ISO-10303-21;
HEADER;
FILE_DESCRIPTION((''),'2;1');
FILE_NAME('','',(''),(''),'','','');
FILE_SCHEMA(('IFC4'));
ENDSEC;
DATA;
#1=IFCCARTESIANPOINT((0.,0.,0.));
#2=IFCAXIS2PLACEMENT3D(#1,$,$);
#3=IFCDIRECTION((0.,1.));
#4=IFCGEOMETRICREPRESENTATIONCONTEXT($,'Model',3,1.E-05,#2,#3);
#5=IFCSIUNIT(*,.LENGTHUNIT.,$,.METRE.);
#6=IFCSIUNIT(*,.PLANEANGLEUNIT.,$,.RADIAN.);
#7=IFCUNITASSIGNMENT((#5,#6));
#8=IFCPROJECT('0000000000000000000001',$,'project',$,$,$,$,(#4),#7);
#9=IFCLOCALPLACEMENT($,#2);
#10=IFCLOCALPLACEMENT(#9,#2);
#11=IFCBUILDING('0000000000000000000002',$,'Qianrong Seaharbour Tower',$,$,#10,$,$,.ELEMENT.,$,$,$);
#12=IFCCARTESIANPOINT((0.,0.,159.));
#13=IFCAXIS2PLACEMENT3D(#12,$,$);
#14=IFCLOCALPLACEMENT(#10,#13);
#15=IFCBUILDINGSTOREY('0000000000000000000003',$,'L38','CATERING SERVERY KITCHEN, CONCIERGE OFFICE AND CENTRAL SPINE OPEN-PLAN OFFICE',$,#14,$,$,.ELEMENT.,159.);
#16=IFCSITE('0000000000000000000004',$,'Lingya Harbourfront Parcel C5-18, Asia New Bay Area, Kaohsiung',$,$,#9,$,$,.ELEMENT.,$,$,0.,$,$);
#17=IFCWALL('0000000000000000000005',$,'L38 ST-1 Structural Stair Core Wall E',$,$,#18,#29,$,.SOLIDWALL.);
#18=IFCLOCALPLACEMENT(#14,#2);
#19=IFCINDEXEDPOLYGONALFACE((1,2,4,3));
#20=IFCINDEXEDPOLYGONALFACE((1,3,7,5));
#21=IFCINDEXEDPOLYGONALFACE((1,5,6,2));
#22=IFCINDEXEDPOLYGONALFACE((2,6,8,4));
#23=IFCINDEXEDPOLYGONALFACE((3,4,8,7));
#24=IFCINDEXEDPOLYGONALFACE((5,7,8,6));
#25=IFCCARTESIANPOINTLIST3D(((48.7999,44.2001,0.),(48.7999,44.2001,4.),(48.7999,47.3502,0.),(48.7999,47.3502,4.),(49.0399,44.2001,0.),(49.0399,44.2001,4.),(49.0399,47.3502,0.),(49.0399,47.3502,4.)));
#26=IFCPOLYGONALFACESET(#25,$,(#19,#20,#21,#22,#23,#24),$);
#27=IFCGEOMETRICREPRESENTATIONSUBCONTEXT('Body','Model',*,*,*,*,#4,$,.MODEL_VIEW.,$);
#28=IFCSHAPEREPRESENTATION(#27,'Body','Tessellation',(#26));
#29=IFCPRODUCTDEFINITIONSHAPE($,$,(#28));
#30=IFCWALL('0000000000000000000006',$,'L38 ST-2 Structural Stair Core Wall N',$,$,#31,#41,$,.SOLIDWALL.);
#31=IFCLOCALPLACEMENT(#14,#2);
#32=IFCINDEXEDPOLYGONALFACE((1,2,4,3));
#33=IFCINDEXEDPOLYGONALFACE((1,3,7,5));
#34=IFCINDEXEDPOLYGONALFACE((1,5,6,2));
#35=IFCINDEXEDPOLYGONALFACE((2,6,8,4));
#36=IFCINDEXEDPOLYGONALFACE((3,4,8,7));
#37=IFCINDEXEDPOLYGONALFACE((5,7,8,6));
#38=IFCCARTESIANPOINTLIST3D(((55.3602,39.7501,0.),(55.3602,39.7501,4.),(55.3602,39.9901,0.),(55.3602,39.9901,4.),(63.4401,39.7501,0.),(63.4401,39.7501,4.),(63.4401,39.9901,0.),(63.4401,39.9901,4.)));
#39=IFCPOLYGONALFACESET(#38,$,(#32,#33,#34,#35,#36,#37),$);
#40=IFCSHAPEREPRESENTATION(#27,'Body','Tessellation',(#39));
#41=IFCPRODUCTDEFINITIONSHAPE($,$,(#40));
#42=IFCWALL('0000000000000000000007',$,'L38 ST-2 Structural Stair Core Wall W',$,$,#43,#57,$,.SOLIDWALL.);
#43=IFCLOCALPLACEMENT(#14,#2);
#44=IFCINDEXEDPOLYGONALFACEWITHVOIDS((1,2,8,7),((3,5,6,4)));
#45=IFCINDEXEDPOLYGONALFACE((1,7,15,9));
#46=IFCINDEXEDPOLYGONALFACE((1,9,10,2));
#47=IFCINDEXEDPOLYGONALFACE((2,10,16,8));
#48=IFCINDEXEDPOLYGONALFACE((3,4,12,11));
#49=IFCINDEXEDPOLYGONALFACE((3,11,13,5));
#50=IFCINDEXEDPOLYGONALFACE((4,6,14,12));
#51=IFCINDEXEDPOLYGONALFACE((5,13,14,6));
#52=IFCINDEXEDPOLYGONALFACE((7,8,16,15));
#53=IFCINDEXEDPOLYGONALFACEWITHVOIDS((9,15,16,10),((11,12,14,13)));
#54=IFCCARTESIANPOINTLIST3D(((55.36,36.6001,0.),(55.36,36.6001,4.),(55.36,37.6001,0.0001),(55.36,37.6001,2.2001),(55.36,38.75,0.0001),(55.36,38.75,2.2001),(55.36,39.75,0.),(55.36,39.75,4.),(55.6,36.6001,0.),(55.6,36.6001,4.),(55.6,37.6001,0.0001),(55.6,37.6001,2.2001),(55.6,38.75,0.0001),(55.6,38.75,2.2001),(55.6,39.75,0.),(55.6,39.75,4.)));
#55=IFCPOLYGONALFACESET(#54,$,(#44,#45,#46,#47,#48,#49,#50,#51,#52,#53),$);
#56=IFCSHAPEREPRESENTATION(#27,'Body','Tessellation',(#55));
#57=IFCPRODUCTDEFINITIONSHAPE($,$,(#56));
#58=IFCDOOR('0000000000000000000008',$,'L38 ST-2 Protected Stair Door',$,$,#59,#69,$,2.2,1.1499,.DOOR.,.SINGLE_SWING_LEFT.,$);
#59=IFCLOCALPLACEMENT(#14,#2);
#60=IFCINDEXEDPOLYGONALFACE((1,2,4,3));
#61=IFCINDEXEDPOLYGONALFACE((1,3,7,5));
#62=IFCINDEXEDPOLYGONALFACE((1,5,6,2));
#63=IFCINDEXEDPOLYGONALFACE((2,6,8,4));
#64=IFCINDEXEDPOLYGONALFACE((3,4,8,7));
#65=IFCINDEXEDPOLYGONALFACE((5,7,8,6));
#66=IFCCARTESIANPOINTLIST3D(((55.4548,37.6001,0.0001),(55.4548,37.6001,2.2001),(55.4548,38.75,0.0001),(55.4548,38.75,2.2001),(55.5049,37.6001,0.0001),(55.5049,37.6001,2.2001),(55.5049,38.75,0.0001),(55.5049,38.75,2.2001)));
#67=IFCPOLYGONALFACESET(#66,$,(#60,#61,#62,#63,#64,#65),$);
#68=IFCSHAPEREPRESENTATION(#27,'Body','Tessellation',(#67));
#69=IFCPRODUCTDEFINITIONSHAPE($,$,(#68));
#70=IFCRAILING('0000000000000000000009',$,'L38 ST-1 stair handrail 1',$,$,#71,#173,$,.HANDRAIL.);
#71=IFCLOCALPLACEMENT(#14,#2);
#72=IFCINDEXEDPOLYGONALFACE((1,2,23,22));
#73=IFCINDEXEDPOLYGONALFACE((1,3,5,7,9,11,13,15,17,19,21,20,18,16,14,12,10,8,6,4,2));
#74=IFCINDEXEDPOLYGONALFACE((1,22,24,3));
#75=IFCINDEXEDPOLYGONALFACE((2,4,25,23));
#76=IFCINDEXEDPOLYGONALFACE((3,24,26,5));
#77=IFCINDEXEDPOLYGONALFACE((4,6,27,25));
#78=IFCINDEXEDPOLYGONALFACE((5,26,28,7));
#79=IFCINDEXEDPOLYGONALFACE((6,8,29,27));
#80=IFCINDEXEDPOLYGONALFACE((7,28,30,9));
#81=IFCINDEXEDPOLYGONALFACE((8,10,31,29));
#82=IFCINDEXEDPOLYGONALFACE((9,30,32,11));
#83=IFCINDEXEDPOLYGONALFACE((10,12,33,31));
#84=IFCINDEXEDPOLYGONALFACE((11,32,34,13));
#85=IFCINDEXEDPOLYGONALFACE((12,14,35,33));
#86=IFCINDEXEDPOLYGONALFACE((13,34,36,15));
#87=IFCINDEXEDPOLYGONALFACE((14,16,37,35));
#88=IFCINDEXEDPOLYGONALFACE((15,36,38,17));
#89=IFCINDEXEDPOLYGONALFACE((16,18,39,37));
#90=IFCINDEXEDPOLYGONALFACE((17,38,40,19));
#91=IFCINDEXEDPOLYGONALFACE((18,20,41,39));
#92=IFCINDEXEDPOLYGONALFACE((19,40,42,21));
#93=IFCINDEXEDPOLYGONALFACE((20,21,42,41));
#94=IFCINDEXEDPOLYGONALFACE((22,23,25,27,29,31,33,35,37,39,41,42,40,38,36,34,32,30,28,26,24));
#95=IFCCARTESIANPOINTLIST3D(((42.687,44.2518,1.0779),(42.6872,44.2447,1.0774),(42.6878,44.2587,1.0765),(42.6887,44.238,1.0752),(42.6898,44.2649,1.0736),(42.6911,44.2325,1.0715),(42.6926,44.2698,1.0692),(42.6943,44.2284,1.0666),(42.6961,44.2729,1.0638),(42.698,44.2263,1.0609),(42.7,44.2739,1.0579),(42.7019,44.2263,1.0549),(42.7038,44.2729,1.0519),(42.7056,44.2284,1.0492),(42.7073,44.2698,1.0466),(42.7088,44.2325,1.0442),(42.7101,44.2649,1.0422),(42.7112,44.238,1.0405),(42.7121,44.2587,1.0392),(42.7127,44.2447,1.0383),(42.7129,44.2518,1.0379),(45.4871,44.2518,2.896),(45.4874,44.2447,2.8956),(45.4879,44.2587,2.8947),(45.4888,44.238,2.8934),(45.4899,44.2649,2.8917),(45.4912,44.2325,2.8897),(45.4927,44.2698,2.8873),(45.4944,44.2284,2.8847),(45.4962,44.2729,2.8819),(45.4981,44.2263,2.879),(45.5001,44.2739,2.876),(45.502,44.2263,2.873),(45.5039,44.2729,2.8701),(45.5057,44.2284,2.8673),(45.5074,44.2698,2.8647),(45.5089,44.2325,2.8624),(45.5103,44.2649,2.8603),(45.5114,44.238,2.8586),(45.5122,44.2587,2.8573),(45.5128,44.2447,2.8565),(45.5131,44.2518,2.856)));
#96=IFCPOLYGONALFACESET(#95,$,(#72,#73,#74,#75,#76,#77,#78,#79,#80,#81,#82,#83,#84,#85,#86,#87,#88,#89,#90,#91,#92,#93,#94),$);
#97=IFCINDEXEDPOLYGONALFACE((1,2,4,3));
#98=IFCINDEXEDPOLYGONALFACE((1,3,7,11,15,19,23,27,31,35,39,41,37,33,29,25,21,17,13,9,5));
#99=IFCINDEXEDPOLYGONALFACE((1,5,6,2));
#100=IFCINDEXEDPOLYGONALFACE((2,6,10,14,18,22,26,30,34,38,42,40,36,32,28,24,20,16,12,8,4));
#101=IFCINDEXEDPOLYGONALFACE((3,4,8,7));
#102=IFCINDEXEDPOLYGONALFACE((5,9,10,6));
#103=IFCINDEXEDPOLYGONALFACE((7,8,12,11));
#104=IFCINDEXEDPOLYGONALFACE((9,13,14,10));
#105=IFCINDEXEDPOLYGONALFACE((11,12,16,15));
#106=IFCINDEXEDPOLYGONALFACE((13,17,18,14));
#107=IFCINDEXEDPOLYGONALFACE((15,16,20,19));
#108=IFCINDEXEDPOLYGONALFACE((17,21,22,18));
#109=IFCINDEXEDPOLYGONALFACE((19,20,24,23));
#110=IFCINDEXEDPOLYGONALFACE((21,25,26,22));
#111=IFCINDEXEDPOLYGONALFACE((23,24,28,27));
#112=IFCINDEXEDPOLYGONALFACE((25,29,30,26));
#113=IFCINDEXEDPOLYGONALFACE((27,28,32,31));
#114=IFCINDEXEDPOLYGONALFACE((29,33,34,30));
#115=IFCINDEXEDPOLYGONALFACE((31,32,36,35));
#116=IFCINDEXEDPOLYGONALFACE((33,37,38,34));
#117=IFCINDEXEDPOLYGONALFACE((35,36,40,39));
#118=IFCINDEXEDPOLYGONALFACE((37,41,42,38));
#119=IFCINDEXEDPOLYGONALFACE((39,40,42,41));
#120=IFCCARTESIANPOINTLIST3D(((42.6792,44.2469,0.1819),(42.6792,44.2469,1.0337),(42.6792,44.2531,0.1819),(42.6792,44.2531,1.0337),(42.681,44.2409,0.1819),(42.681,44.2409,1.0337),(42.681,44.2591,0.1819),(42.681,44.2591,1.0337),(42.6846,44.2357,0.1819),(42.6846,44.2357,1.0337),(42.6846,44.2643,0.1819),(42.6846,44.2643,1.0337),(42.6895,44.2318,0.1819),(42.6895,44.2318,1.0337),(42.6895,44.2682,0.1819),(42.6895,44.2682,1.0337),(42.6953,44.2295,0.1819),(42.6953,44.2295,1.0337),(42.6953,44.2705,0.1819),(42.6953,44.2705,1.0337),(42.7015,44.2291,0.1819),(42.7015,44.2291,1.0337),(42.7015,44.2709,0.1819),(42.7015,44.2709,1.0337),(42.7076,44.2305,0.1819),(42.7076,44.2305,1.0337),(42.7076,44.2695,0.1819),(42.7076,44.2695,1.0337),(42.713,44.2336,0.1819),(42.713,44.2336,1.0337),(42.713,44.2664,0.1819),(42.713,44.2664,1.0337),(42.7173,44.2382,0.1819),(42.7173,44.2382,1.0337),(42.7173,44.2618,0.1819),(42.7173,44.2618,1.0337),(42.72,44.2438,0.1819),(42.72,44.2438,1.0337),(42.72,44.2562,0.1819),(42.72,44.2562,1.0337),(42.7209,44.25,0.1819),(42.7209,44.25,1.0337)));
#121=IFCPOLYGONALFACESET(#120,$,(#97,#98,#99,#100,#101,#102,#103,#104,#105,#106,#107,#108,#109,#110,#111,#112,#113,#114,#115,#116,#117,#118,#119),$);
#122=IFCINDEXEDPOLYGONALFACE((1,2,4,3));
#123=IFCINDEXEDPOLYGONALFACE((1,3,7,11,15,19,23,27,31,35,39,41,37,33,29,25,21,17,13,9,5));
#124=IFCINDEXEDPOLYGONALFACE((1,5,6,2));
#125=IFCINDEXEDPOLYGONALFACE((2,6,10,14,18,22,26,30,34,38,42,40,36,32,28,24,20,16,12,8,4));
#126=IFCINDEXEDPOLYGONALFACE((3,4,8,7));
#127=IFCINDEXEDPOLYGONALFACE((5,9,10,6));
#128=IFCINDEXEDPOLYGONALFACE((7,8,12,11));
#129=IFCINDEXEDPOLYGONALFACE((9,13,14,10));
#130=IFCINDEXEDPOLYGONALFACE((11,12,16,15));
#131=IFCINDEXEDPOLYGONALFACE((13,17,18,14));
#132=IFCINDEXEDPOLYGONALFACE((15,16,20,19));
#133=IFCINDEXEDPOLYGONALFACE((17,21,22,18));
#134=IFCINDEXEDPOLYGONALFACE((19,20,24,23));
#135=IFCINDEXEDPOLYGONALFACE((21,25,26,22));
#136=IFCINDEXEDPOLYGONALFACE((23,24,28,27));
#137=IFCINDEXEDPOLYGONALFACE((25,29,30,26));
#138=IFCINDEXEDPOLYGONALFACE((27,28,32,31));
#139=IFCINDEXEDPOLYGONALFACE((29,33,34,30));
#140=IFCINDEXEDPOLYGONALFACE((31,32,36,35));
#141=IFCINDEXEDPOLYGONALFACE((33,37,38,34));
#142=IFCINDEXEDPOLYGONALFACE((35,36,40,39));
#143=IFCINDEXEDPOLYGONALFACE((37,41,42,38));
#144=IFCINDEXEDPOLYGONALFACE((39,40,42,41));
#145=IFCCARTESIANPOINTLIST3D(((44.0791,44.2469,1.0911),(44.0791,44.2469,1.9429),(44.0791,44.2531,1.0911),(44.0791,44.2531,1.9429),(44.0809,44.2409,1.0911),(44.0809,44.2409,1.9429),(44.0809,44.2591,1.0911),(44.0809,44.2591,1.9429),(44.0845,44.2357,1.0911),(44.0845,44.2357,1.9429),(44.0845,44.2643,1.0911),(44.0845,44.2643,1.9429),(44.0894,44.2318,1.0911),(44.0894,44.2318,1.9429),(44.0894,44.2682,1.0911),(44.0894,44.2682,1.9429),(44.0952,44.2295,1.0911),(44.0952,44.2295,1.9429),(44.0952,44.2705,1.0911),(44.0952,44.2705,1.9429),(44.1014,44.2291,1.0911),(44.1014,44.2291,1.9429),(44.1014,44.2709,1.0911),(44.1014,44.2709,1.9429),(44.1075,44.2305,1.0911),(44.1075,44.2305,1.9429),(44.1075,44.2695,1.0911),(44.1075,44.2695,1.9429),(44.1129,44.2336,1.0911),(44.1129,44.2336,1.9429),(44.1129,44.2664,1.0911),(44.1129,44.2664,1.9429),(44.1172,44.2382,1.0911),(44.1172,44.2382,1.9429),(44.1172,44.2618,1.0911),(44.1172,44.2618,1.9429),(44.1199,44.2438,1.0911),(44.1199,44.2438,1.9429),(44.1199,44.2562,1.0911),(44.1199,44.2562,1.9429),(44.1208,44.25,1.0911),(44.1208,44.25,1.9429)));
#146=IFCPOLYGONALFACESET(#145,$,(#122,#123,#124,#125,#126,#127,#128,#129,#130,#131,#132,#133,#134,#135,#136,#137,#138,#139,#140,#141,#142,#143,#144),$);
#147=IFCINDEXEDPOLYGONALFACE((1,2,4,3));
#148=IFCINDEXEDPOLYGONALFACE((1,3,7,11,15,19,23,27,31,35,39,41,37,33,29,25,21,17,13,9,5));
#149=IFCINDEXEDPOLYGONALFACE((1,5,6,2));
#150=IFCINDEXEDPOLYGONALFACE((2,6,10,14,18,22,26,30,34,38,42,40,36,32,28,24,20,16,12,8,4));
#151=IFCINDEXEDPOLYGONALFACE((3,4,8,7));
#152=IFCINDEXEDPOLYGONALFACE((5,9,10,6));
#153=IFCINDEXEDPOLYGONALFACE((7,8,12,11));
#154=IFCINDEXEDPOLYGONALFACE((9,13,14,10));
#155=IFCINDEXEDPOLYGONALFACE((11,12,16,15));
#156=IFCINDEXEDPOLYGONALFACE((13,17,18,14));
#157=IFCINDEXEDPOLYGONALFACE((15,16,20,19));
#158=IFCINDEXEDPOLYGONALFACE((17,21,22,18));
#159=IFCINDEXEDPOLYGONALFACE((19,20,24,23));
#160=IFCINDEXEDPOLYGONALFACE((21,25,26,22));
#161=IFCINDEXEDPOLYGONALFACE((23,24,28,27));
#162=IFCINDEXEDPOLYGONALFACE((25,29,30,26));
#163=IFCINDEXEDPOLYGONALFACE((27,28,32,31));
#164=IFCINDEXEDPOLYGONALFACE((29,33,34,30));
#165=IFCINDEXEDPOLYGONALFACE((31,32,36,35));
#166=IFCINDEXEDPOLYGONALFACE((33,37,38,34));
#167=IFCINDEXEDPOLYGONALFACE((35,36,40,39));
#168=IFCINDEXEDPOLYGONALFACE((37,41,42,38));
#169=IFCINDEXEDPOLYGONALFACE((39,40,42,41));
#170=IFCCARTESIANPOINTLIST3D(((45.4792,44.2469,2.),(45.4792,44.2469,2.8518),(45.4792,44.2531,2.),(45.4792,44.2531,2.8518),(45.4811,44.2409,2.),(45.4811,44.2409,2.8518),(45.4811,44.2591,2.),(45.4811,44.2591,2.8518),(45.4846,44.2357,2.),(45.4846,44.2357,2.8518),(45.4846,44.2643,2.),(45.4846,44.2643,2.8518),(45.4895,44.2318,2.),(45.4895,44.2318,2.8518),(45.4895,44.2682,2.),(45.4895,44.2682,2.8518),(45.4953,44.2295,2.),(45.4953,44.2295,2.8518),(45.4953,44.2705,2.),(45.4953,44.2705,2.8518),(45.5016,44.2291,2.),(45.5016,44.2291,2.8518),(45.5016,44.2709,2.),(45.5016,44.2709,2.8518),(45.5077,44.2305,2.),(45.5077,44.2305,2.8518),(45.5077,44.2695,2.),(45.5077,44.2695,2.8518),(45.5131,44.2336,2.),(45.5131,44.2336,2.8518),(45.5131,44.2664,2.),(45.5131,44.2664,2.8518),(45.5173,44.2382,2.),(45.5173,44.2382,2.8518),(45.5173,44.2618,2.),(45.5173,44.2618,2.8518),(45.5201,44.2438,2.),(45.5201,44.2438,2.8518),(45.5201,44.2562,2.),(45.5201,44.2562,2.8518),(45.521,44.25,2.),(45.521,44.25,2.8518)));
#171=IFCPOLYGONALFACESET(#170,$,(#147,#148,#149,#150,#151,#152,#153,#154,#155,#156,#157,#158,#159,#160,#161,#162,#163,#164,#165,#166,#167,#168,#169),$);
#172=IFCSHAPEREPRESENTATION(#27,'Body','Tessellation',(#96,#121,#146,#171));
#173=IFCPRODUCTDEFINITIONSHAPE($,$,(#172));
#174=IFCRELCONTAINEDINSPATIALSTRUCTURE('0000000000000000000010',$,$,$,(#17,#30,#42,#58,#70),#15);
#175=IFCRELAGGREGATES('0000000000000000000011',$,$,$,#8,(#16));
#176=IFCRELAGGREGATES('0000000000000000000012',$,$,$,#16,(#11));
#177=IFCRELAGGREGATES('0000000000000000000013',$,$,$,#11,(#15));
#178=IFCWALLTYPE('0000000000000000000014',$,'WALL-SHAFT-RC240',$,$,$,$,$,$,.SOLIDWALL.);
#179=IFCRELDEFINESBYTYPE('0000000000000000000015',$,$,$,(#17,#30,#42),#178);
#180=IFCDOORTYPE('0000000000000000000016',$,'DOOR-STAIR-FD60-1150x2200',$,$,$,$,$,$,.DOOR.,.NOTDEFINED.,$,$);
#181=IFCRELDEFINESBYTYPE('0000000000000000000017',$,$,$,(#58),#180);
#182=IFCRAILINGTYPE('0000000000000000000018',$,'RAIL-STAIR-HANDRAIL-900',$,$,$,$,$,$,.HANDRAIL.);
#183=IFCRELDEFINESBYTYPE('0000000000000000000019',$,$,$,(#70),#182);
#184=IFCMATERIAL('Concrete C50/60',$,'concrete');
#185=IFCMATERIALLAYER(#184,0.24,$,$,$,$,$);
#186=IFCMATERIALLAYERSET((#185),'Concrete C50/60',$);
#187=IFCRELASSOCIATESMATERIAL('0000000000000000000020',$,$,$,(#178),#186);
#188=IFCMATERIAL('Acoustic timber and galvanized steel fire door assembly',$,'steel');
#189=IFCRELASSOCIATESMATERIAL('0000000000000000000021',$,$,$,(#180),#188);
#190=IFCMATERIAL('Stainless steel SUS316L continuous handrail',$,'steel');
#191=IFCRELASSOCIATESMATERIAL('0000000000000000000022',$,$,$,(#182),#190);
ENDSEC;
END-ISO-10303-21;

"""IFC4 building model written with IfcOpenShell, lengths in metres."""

from ifc_helpers import new_model, si_unit, direction, frame, frame_2d, origin, origin_2d, place, context, subcontext, project, spatial, rectangle, circle, extrude, material, layer, layer_set, type_object, element, fill, save


model = new_model("IFC4")

# Units and contexts
model_context = context("Model", 3, precision=1e-05, world=origin(), true_north=direction((0.0, 1.0)))
body_context = subcontext(model_context, "Body", "Model", "MODEL_VIEW")
ifc_project = project(units=[si_unit("LENGTHUNIT", "METRE"), si_unit("PLANEANGLEUNIT", "RADIAN")], contexts=[model_context])

# Site, building, storey
site_placement = place(None, origin())
site = spatial("IfcSite", under=ifc_project, at=site_placement, Name="Lingya Harbourfront Parcel C5-18, Asia New Bay Area, Kaohsiung", CompositionType="ELEMENT", RefElevation=0.0)
building_placement = place(site_placement, origin())
building = spatial("IfcBuilding", under=site, at=building_placement, Name="Qianrong Seaharbour Tower", CompositionType="ELEMENT")
storey_placement = place(building_placement, frame((0.0, 0.0, 159.0)))
storey = spatial("IfcBuildingStorey", under=building, at=storey_placement, Name="L38", Description="CATERING SERVERY KITCHEN, CONCIERGE OFFICE AND CENTRAL SPINE OPEN-PLAN OFFICE", CompositionType="ELEMENT", Elevation=159.0)

# Shared definitions
ifc_material_1 = material(Name="Acoustic timber and galvanized steel fire door assembly", Category="steel")

# Walls
ifc_material_2 = material(Name="Concrete C50/60", Category="concrete")
ifc_layer_1 = layer(ifc_material_2, 0.24)
ifc_layer_set_1 = layer_set([ifc_layer_1], Name="Concrete C50/60")
wall_type_1 = type_object("IfcWallType", Name="WALL-SHAFT-RC240", PredefinedType="SOLIDWALL", material=ifc_layer_set_1)
wall_1_placement = place(storey_placement, frame((48.9199, 44.2, 0.0), z_axis=(0.0, 0.0, 1.0), x_axis=(0.0, 1.0, 0.0)))
element("IfcWall", 1, at=wall_1_placement, inside=storey, type_object=wall_type_1, Name="L38 ST-1 Structural Stair Core Wall E", PredefinedType="SOLIDWALL", context=body_context, shape_type="SweptSolid", body=[
    extrude(rectangle(XDim=3.1501, YDim=0.24, at=frame_2d((1.5752, 0.0))), origin(), (0.0, 0.0, 1.0), 4.0),
])
wall_2_placement = place(storey_placement, frame((55.3601, 39.8701, 0.0), z_axis=(0.0, 0.0, 1.0), x_axis=(1.0, 0.0, 0.0)))
element("IfcWall", 2, at=wall_2_placement, inside=storey, type_object=wall_type_1, Name="L38 ST-2 Structural Stair Core Wall N", PredefinedType="SOLIDWALL", context=body_context, shape_type="SweptSolid", body=[
    extrude(rectangle(XDim=8.0798, YDim=0.24, at=frame_2d((4.04, 0.0))), origin(), (0.0, 0.0, 1.0), 4.0),
])

# Wall, opening, door
wall_3_placement = place(storey_placement, frame((55.48, 39.75, 0.0), z_axis=(0.0, 0.0, 1.0), x_axis=(0.0, -1.0, 0.0)))
wall_3 = element("IfcWall", 3, at=wall_3_placement, inside=storey, type_object=wall_type_1, Name="L38 ST-2 Structural Stair Core Wall W", PredefinedType="SOLIDWALL", context=body_context, shape_type="SweptSolid", body=[
    extrude(rectangle(XDim=3.1499, YDim=0.24, at=frame_2d((1.575, 0.0))), origin(), (0.0, 0.0, 1.0), 4.0),
])
opening_1_placement = place(wall_3_placement, frame((1.0, 0.0, 0.0)))
opening_1 = element("IfcOpeningElement", 4, at=opening_1_placement, cuts=wall_3, PredefinedType="OPENING", context=body_context, shape_type="SweptSolid", body=[
    extrude(rectangle(XDim=1.1499, YDim=2.2, at=frame_2d((0.575, 1.1001))), frame((0.0, 0.1299, 0.0), z_axis=(0.0, -1.0, 0.0), x_axis=(1.0, 0.0, 0.0)), (0.0, 0.0, 1.0), 0.26),
])
door_type_1 = type_object("IfcDoorType", Name="DOOR-STAIR-FD60-1150x2200", OperationType="NOTDEFINED", PredefinedType="DOOR", material=ifc_material_1)
door_1_placement = place(opening_1_placement, origin())
door_1 = element("IfcDoor", 5, at=door_1_placement, inside=storey, type_object=door_type_1, Name="L38 ST-2 Protected Stair Door", OperationType="SINGLE_SWING_LEFT", OverallHeight=2.2, OverallWidth=1.1499, PredefinedType="DOOR", context=body_context, shape_type="SweptSolid", body=[
    extrude(rectangle(XDim=1.1499, YDim=2.2, at=frame_2d((0.575, 1.1001))), frame((0.0, 0.0249, 0.0), z_axis=(0.0, -1.0, 0.0), x_axis=(1.0, 0.0, 0.0)), (0.0, 0.0, 1.0), 0.05),
])
fill(opening_1, door_1)

# Railing
ifc_material_3 = material(Name="Stainless steel SUS316L continuous handrail", Category="steel")
railing_type = type_object("IfcRailingType", Name="RAIL-STAIR-HANDRAIL-900", PredefinedType="HANDRAIL", material=ifc_material_3)
railing_placement = place(storey_placement, frame((42.7, 44.25, 0.1819)))
element("IfcRailing", 6, at=railing_placement, inside=storey, type_object=railing_type, Name="L38 ST-1 stair handrail 1", PredefinedType="HANDRAIL", context=body_context, shape_type="SweptSolid", body=[
    extrude(circle(Radius=0.0239, at=origin_2d()), frame((0.0, 0.0, 0.876), z_axis=(0.838706, 0.0, 0.544585), x_axis=(0.0, 1.0, 0.0)), (0.0, 0.0, 1.0), 3.3386),
    extrude(circle(Radius=0.021, at=origin_2d()), origin(), (0.0, 0.0, 1.0), 0.8518),
    extrude(circle(Radius=0.021, at=origin_2d()), frame((1.3999, 0.0, 0.9092)), (0.0, 0.0, 1.0), 0.8518),
    extrude(circle(Radius=0.021, at=origin_2d()), frame((2.8, 0.0, 1.8181)), (0.0, 0.0, 1.0), 0.8518),
])

save(model, "model.ifc")
